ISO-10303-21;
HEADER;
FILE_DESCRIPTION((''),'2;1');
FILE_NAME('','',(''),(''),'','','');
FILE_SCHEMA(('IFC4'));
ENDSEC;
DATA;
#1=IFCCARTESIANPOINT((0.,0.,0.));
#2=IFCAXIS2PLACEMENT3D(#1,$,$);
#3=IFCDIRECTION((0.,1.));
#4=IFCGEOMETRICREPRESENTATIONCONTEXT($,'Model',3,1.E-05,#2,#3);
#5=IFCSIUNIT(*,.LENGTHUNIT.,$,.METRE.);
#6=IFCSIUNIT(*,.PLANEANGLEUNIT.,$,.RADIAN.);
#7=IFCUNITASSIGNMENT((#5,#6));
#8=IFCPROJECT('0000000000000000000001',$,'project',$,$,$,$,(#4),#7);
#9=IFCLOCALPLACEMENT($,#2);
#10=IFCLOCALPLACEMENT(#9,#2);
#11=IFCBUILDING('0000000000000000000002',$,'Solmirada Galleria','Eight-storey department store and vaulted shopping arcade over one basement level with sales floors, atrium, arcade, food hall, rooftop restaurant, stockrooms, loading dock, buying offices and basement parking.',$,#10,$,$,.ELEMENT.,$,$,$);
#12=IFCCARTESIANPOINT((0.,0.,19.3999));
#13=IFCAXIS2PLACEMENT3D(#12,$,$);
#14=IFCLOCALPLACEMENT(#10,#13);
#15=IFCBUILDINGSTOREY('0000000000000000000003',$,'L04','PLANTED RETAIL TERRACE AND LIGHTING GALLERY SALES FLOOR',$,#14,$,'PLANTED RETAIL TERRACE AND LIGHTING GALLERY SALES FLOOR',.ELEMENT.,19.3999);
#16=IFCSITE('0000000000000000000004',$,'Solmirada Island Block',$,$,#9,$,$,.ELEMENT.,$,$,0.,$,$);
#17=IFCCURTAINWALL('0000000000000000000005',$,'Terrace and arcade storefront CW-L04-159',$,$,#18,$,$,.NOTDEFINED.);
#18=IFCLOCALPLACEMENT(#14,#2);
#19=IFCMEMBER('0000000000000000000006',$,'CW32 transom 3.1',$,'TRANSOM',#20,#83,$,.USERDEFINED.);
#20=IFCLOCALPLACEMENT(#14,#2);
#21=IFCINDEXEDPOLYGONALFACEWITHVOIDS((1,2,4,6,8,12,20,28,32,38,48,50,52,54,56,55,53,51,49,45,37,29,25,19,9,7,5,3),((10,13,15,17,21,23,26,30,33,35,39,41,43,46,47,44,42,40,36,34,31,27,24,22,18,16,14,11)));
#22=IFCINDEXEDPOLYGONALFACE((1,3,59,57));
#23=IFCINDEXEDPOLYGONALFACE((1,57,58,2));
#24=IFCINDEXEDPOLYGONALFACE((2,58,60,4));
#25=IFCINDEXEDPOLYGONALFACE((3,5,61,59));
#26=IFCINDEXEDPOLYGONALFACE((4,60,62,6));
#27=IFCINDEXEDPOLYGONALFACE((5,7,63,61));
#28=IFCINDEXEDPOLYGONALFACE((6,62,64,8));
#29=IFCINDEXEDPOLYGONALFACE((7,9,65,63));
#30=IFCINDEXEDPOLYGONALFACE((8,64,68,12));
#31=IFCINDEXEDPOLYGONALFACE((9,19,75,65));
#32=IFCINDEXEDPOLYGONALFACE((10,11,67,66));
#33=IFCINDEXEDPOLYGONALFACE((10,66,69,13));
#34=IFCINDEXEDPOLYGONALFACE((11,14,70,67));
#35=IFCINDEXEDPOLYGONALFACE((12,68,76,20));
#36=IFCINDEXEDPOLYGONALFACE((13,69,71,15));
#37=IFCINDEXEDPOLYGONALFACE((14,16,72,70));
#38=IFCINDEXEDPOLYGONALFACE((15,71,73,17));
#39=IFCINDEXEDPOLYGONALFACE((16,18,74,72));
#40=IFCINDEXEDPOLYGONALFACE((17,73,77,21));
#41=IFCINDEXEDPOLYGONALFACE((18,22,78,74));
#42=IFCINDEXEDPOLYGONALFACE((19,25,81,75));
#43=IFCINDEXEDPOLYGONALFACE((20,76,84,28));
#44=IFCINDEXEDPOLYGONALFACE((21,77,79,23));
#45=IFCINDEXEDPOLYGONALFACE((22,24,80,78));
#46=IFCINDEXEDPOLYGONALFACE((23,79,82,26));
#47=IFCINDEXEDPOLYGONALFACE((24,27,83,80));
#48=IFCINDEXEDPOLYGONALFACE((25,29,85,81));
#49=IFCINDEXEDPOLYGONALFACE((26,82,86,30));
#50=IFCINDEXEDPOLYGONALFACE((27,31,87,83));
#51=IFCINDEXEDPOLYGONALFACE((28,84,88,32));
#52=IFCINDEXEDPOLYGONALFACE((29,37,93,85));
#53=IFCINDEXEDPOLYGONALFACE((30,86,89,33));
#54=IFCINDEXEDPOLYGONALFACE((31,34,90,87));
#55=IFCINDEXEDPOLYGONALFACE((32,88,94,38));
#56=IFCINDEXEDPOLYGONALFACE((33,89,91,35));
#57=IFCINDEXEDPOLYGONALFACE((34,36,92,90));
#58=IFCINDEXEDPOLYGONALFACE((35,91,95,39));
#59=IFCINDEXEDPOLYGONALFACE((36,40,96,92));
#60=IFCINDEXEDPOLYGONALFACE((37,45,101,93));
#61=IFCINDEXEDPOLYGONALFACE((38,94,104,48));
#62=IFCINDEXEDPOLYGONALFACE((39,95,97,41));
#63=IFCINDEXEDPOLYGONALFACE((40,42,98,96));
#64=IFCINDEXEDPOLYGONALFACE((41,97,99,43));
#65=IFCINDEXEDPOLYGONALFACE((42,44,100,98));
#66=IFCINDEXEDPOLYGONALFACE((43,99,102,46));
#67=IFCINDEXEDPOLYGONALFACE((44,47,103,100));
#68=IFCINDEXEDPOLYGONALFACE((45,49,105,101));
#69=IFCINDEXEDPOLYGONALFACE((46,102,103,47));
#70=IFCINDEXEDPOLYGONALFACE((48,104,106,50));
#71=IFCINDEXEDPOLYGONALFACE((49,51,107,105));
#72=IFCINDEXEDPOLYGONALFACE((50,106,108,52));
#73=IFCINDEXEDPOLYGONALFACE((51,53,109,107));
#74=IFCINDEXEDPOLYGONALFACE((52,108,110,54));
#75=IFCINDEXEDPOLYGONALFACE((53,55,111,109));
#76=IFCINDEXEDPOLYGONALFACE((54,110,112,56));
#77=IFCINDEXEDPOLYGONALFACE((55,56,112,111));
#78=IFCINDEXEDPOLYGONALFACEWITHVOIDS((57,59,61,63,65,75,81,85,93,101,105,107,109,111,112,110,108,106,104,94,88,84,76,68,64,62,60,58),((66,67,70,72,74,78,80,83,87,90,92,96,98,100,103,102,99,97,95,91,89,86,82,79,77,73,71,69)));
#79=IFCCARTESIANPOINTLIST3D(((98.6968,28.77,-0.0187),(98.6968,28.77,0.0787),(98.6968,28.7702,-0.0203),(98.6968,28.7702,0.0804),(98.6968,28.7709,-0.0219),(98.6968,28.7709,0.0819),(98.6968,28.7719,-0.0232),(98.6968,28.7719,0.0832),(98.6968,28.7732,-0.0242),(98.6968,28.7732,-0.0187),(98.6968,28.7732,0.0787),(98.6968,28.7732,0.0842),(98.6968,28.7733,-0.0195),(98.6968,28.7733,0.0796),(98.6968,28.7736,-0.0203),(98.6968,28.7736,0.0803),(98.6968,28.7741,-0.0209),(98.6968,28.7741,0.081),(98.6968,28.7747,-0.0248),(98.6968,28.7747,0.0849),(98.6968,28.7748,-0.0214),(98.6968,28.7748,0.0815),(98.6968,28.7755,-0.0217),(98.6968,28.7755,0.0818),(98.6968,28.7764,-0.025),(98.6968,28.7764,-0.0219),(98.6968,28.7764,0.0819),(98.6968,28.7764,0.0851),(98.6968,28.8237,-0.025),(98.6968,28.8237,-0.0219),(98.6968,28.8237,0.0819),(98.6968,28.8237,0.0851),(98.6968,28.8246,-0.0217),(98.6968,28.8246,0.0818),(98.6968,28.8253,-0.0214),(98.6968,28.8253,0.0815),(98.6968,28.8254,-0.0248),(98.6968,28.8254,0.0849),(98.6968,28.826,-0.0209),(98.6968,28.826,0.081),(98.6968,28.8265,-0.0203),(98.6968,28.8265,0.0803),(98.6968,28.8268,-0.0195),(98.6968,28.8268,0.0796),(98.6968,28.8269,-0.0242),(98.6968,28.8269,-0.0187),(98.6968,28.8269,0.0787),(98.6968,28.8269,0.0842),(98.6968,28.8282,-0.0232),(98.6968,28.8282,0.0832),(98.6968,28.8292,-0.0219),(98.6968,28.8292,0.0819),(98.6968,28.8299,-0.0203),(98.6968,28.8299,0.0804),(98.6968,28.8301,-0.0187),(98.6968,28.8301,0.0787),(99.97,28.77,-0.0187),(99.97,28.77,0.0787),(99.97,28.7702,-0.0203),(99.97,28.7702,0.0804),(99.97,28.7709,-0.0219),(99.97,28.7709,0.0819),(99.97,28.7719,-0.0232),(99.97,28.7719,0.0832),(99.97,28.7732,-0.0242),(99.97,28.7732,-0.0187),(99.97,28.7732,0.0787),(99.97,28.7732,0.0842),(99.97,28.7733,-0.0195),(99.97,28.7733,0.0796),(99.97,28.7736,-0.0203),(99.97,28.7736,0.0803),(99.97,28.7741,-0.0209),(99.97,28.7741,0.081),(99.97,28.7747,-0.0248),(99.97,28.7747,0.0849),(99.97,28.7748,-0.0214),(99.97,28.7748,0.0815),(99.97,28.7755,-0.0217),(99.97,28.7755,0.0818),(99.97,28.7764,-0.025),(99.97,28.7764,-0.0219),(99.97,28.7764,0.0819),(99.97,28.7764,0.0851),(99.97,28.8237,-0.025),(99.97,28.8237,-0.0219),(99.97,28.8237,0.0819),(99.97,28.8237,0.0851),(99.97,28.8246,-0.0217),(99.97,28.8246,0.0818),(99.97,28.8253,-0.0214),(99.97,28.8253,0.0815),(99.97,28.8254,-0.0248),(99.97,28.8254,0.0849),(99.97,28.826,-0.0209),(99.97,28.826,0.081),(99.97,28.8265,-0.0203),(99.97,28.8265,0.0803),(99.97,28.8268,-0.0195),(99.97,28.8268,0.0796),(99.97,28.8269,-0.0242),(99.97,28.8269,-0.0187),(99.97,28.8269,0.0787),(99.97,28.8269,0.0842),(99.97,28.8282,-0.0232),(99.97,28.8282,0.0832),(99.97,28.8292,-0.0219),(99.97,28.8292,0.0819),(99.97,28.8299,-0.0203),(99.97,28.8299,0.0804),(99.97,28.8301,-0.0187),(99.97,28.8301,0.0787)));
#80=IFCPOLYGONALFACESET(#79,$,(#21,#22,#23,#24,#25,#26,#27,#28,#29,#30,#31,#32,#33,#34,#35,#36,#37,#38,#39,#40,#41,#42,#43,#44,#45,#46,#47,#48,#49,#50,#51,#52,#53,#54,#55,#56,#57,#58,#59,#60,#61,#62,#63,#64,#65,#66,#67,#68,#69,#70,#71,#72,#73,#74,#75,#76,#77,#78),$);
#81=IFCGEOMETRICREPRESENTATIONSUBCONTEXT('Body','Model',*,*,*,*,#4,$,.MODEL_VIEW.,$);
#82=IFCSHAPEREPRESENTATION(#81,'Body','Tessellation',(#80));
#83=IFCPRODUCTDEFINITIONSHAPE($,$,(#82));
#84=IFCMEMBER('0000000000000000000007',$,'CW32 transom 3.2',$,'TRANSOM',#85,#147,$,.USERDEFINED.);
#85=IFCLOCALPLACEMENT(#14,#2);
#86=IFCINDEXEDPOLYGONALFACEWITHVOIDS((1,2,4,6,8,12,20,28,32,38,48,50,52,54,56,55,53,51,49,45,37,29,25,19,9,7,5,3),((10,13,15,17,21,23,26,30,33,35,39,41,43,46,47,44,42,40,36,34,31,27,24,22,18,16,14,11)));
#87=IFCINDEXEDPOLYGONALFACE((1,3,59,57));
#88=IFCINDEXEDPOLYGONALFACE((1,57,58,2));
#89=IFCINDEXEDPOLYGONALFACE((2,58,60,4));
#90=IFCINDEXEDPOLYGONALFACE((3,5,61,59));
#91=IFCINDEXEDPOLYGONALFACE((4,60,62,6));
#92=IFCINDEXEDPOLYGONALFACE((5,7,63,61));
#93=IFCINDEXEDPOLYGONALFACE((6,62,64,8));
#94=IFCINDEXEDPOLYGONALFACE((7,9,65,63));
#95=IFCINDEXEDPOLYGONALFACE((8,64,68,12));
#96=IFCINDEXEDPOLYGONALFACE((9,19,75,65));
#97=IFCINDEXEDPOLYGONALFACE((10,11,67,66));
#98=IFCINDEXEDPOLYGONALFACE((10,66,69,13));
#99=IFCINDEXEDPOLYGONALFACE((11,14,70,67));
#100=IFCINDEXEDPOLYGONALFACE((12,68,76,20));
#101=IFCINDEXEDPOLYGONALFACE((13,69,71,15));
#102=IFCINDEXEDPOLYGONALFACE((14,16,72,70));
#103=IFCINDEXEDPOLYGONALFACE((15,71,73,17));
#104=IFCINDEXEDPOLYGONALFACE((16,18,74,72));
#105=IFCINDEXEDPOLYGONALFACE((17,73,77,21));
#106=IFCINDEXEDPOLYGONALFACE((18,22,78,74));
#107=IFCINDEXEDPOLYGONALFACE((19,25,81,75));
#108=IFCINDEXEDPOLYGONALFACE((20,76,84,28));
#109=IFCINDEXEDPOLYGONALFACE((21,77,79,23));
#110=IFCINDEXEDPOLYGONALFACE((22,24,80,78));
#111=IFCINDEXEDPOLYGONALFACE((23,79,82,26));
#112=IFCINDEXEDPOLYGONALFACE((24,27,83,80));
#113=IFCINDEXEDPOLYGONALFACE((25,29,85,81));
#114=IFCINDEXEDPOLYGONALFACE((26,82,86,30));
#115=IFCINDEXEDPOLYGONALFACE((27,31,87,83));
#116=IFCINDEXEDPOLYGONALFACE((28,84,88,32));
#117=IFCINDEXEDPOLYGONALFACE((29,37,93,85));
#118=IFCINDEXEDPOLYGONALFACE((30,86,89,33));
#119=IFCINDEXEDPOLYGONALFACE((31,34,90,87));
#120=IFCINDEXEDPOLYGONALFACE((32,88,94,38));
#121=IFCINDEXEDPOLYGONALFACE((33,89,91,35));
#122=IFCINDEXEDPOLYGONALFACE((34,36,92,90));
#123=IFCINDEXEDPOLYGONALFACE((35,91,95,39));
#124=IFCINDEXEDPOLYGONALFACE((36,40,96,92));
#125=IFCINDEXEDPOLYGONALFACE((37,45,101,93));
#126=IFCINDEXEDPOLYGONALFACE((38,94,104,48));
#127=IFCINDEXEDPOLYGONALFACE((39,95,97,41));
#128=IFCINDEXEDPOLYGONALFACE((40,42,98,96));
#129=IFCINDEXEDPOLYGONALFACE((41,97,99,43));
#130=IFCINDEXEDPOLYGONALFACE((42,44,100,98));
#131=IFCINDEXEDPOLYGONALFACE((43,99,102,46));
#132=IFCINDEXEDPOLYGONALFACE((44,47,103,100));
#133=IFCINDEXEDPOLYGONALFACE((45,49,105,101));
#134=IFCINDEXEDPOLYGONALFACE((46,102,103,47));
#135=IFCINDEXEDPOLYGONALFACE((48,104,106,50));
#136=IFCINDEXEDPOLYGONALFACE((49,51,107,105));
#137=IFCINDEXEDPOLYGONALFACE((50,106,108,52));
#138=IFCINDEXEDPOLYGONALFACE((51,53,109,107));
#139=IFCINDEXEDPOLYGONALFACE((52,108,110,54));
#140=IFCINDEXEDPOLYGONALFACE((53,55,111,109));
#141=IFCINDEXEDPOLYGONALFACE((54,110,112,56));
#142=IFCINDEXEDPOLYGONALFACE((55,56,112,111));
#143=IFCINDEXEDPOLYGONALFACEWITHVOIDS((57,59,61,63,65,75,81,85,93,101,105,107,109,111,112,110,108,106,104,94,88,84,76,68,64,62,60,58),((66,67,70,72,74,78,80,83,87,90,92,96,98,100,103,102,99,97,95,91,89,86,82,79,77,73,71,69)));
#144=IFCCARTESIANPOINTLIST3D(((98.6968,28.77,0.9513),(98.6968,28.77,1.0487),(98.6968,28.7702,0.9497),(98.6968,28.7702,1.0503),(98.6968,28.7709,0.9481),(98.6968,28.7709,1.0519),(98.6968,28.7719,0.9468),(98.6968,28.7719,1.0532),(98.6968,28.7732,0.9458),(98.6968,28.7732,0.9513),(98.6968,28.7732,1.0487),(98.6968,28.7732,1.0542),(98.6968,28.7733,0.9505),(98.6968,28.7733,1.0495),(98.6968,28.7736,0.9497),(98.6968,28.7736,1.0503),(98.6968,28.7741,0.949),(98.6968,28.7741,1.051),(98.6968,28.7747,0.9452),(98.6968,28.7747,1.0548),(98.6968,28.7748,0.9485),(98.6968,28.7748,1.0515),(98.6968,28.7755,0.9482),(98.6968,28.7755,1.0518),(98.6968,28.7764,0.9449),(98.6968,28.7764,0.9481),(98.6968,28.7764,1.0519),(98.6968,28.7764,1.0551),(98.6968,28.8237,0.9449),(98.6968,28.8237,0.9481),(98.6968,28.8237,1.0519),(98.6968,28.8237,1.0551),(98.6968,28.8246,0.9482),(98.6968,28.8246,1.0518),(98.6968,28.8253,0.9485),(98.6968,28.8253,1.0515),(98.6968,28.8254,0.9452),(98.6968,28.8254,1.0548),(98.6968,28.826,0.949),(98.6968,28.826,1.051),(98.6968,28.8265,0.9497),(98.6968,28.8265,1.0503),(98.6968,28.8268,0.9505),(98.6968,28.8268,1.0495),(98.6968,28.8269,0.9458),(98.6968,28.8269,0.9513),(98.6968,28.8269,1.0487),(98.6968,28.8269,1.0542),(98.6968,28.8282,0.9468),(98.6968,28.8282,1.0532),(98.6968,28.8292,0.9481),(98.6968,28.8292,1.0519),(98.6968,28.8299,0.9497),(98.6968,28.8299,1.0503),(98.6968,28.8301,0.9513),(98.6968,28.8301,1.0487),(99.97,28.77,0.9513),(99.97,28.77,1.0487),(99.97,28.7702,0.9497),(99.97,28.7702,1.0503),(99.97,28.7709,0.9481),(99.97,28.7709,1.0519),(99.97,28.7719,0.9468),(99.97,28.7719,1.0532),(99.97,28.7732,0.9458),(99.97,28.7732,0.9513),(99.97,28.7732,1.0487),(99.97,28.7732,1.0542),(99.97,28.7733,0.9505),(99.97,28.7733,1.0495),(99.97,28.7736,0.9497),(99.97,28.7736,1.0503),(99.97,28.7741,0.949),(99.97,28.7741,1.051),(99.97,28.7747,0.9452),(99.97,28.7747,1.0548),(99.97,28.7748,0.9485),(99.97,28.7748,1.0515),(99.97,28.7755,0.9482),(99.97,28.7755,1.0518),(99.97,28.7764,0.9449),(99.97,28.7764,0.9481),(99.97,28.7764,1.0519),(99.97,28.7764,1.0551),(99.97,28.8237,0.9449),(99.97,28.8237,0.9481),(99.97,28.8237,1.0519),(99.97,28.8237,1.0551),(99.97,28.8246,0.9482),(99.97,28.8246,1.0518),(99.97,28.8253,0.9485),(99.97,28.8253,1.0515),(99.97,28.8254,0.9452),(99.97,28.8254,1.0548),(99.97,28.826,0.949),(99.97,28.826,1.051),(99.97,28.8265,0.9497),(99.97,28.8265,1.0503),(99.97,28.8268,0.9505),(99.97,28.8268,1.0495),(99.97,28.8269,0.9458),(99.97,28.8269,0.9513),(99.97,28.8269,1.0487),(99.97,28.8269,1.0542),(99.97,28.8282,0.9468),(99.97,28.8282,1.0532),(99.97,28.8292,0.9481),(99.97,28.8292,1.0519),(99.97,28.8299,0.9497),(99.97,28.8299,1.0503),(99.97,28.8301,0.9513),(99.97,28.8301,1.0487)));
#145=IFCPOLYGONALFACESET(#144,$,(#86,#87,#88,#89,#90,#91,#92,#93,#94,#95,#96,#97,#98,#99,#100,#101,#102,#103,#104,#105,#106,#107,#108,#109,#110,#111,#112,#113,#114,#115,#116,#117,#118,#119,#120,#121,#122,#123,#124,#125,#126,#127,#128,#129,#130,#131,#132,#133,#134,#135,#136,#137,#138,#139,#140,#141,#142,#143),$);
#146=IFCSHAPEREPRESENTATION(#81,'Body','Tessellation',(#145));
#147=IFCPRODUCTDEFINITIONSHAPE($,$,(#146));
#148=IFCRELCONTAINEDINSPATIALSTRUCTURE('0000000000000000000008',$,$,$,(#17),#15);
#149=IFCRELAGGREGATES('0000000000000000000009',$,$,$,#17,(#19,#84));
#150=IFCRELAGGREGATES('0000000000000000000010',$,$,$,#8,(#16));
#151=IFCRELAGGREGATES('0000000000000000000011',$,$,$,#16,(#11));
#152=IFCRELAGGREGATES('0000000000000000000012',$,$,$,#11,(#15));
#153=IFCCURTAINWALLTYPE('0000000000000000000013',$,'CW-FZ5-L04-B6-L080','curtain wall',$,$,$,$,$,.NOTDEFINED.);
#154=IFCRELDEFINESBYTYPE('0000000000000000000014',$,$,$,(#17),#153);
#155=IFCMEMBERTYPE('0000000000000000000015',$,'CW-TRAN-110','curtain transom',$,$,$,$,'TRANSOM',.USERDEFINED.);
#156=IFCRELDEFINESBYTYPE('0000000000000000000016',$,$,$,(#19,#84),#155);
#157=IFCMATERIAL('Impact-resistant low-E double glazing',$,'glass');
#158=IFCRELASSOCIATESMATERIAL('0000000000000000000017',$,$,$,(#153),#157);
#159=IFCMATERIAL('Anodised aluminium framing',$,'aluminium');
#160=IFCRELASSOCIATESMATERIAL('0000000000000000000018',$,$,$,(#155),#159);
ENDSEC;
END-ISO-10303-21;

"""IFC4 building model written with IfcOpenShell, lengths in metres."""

from ifc_helpers import new_model, si_unit, direction, frame, origin, origin_2d, place, context, subcontext, project, spatial, hollow_rectangle, extrude, material, material_profile, profile_set, type_object, element, aggregate, save


model = new_model("IFC4")

# Units and contexts
model_context = context("Model", 3, precision=1e-05, world=origin(), true_north=direction((0.0, 1.0)))
body_context = subcontext(model_context, "Body", "Model", "MODEL_VIEW")
ifc_project = project(units=[si_unit("LENGTHUNIT", "METRE"), si_unit("PLANEANGLEUNIT", "RADIAN")], contexts=[model_context])

# Site, building, storey
site_placement = place(None, origin())
site = spatial("IfcSite", under=ifc_project, at=site_placement, Name="Solmirada Island Block", CompositionType="ELEMENT", RefElevation=0.0)
building_placement = place(site_placement, origin())
building = spatial("IfcBuilding", under=site, at=building_placement, Name="Solmirada Galleria", Description="Eight-storey department store and vaulted shopping arcade over one basement level with sales floors, atrium, arcade, food hall, rooftop restaurant, stockrooms, loading dock, buying offices and basement parking.", CompositionType="ELEMENT")
storey_placement = place(building_placement, frame((0.0, 0.0, 19.3999)))
storey = spatial("IfcBuildingStorey", under=building, at=storey_placement, Name="L04", Description="PLANTED RETAIL TERRACE AND LIGHTING GALLERY SALES FLOOR", LongName="PLANTED RETAIL TERRACE AND LIGHTING GALLERY SALES FLOOR", CompositionType="ELEMENT", Elevation=19.3999)

# Curtain wall, members
ifc_material_1 = material(Name="Impact-resistant low-E double glazing", Category="glass")
curtain_wall_type = type_object("IfcCurtainWallType", Name="CW-FZ5-L04-B6-L080", Description="curtain wall", PredefinedType="NOTDEFINED", material=ifc_material_1)
curtain_wall_placement = place(storey_placement, origin())
curtain_wall = element("IfcCurtainWall", 1, at=curtain_wall_placement, inside=storey, type_object=curtain_wall_type, Name="Terrace and arcade storefront CW-L04-159", PredefinedType="NOTDEFINED")
ifc_material_2 = material(Name="Anodised aluminium framing", Category="aluminium")
ifc_material_profile_1 = material_profile(ifc_material_2, hollow_rectangle(XDim=0.0601, YDim=0.1101, WallThickness=0.0032, InnerFilletRadius=0.0032, OuterFilletRadius=0.0063, at=origin_2d()), Name="ALU-TRAN-110X60")
ifc_profile_set_1 = profile_set([ifc_material_profile_1], Name="Anodised aluminium framing")
member_type_1 = type_object("IfcMemberType", Name="CW-TRAN-110", Description="curtain transom", ElementType="TRANSOM", PredefinedType="USERDEFINED", material=ifc_profile_set_1)
member_1_placement = place(storey_placement, frame((98.6968, 28.8, 0.03), z_axis=(1.0, 0.0, 0.0), x_axis=(0.0, 1.0, 0.0)))
member_1 = element("IfcMember", 2, at=member_1_placement, type_object=member_type_1, Name="CW32 transom 3.1", ObjectType="TRANSOM", PredefinedType="USERDEFINED", context=body_context, shape_type="SweptSolid", body=[
    extrude(hollow_rectangle(XDim=0.0601, YDim=0.1101, WallThickness=0.0032, InnerFilletRadius=0.0032, OuterFilletRadius=0.0063, at=origin_2d()), origin(), (0.0, 0.0, 1.0), 1.2732),
])
member_2_placement = place(storey_placement, frame((98.6968, 28.8, 1.0), z_axis=(1.0, 0.0, 0.0), x_axis=(0.0, 1.0, 0.0)))
member_2 = element("IfcMember", 3, at=member_2_placement, type_object=member_type_1, Name="CW32 transom 3.2", ObjectType="TRANSOM", PredefinedType="USERDEFINED", context=body_context, shape_type="SweptSolid", body=[
    extrude(hollow_rectangle(XDim=0.0601, YDim=0.1101, WallThickness=0.0032, InnerFilletRadius=0.0032, OuterFilletRadius=0.0063, at=origin_2d()), origin(), (0.0, 0.0, 1.0), 1.2732),
])
aggregate(curtain_wall, [member_1, member_2])

save(model, "model.ifc")
